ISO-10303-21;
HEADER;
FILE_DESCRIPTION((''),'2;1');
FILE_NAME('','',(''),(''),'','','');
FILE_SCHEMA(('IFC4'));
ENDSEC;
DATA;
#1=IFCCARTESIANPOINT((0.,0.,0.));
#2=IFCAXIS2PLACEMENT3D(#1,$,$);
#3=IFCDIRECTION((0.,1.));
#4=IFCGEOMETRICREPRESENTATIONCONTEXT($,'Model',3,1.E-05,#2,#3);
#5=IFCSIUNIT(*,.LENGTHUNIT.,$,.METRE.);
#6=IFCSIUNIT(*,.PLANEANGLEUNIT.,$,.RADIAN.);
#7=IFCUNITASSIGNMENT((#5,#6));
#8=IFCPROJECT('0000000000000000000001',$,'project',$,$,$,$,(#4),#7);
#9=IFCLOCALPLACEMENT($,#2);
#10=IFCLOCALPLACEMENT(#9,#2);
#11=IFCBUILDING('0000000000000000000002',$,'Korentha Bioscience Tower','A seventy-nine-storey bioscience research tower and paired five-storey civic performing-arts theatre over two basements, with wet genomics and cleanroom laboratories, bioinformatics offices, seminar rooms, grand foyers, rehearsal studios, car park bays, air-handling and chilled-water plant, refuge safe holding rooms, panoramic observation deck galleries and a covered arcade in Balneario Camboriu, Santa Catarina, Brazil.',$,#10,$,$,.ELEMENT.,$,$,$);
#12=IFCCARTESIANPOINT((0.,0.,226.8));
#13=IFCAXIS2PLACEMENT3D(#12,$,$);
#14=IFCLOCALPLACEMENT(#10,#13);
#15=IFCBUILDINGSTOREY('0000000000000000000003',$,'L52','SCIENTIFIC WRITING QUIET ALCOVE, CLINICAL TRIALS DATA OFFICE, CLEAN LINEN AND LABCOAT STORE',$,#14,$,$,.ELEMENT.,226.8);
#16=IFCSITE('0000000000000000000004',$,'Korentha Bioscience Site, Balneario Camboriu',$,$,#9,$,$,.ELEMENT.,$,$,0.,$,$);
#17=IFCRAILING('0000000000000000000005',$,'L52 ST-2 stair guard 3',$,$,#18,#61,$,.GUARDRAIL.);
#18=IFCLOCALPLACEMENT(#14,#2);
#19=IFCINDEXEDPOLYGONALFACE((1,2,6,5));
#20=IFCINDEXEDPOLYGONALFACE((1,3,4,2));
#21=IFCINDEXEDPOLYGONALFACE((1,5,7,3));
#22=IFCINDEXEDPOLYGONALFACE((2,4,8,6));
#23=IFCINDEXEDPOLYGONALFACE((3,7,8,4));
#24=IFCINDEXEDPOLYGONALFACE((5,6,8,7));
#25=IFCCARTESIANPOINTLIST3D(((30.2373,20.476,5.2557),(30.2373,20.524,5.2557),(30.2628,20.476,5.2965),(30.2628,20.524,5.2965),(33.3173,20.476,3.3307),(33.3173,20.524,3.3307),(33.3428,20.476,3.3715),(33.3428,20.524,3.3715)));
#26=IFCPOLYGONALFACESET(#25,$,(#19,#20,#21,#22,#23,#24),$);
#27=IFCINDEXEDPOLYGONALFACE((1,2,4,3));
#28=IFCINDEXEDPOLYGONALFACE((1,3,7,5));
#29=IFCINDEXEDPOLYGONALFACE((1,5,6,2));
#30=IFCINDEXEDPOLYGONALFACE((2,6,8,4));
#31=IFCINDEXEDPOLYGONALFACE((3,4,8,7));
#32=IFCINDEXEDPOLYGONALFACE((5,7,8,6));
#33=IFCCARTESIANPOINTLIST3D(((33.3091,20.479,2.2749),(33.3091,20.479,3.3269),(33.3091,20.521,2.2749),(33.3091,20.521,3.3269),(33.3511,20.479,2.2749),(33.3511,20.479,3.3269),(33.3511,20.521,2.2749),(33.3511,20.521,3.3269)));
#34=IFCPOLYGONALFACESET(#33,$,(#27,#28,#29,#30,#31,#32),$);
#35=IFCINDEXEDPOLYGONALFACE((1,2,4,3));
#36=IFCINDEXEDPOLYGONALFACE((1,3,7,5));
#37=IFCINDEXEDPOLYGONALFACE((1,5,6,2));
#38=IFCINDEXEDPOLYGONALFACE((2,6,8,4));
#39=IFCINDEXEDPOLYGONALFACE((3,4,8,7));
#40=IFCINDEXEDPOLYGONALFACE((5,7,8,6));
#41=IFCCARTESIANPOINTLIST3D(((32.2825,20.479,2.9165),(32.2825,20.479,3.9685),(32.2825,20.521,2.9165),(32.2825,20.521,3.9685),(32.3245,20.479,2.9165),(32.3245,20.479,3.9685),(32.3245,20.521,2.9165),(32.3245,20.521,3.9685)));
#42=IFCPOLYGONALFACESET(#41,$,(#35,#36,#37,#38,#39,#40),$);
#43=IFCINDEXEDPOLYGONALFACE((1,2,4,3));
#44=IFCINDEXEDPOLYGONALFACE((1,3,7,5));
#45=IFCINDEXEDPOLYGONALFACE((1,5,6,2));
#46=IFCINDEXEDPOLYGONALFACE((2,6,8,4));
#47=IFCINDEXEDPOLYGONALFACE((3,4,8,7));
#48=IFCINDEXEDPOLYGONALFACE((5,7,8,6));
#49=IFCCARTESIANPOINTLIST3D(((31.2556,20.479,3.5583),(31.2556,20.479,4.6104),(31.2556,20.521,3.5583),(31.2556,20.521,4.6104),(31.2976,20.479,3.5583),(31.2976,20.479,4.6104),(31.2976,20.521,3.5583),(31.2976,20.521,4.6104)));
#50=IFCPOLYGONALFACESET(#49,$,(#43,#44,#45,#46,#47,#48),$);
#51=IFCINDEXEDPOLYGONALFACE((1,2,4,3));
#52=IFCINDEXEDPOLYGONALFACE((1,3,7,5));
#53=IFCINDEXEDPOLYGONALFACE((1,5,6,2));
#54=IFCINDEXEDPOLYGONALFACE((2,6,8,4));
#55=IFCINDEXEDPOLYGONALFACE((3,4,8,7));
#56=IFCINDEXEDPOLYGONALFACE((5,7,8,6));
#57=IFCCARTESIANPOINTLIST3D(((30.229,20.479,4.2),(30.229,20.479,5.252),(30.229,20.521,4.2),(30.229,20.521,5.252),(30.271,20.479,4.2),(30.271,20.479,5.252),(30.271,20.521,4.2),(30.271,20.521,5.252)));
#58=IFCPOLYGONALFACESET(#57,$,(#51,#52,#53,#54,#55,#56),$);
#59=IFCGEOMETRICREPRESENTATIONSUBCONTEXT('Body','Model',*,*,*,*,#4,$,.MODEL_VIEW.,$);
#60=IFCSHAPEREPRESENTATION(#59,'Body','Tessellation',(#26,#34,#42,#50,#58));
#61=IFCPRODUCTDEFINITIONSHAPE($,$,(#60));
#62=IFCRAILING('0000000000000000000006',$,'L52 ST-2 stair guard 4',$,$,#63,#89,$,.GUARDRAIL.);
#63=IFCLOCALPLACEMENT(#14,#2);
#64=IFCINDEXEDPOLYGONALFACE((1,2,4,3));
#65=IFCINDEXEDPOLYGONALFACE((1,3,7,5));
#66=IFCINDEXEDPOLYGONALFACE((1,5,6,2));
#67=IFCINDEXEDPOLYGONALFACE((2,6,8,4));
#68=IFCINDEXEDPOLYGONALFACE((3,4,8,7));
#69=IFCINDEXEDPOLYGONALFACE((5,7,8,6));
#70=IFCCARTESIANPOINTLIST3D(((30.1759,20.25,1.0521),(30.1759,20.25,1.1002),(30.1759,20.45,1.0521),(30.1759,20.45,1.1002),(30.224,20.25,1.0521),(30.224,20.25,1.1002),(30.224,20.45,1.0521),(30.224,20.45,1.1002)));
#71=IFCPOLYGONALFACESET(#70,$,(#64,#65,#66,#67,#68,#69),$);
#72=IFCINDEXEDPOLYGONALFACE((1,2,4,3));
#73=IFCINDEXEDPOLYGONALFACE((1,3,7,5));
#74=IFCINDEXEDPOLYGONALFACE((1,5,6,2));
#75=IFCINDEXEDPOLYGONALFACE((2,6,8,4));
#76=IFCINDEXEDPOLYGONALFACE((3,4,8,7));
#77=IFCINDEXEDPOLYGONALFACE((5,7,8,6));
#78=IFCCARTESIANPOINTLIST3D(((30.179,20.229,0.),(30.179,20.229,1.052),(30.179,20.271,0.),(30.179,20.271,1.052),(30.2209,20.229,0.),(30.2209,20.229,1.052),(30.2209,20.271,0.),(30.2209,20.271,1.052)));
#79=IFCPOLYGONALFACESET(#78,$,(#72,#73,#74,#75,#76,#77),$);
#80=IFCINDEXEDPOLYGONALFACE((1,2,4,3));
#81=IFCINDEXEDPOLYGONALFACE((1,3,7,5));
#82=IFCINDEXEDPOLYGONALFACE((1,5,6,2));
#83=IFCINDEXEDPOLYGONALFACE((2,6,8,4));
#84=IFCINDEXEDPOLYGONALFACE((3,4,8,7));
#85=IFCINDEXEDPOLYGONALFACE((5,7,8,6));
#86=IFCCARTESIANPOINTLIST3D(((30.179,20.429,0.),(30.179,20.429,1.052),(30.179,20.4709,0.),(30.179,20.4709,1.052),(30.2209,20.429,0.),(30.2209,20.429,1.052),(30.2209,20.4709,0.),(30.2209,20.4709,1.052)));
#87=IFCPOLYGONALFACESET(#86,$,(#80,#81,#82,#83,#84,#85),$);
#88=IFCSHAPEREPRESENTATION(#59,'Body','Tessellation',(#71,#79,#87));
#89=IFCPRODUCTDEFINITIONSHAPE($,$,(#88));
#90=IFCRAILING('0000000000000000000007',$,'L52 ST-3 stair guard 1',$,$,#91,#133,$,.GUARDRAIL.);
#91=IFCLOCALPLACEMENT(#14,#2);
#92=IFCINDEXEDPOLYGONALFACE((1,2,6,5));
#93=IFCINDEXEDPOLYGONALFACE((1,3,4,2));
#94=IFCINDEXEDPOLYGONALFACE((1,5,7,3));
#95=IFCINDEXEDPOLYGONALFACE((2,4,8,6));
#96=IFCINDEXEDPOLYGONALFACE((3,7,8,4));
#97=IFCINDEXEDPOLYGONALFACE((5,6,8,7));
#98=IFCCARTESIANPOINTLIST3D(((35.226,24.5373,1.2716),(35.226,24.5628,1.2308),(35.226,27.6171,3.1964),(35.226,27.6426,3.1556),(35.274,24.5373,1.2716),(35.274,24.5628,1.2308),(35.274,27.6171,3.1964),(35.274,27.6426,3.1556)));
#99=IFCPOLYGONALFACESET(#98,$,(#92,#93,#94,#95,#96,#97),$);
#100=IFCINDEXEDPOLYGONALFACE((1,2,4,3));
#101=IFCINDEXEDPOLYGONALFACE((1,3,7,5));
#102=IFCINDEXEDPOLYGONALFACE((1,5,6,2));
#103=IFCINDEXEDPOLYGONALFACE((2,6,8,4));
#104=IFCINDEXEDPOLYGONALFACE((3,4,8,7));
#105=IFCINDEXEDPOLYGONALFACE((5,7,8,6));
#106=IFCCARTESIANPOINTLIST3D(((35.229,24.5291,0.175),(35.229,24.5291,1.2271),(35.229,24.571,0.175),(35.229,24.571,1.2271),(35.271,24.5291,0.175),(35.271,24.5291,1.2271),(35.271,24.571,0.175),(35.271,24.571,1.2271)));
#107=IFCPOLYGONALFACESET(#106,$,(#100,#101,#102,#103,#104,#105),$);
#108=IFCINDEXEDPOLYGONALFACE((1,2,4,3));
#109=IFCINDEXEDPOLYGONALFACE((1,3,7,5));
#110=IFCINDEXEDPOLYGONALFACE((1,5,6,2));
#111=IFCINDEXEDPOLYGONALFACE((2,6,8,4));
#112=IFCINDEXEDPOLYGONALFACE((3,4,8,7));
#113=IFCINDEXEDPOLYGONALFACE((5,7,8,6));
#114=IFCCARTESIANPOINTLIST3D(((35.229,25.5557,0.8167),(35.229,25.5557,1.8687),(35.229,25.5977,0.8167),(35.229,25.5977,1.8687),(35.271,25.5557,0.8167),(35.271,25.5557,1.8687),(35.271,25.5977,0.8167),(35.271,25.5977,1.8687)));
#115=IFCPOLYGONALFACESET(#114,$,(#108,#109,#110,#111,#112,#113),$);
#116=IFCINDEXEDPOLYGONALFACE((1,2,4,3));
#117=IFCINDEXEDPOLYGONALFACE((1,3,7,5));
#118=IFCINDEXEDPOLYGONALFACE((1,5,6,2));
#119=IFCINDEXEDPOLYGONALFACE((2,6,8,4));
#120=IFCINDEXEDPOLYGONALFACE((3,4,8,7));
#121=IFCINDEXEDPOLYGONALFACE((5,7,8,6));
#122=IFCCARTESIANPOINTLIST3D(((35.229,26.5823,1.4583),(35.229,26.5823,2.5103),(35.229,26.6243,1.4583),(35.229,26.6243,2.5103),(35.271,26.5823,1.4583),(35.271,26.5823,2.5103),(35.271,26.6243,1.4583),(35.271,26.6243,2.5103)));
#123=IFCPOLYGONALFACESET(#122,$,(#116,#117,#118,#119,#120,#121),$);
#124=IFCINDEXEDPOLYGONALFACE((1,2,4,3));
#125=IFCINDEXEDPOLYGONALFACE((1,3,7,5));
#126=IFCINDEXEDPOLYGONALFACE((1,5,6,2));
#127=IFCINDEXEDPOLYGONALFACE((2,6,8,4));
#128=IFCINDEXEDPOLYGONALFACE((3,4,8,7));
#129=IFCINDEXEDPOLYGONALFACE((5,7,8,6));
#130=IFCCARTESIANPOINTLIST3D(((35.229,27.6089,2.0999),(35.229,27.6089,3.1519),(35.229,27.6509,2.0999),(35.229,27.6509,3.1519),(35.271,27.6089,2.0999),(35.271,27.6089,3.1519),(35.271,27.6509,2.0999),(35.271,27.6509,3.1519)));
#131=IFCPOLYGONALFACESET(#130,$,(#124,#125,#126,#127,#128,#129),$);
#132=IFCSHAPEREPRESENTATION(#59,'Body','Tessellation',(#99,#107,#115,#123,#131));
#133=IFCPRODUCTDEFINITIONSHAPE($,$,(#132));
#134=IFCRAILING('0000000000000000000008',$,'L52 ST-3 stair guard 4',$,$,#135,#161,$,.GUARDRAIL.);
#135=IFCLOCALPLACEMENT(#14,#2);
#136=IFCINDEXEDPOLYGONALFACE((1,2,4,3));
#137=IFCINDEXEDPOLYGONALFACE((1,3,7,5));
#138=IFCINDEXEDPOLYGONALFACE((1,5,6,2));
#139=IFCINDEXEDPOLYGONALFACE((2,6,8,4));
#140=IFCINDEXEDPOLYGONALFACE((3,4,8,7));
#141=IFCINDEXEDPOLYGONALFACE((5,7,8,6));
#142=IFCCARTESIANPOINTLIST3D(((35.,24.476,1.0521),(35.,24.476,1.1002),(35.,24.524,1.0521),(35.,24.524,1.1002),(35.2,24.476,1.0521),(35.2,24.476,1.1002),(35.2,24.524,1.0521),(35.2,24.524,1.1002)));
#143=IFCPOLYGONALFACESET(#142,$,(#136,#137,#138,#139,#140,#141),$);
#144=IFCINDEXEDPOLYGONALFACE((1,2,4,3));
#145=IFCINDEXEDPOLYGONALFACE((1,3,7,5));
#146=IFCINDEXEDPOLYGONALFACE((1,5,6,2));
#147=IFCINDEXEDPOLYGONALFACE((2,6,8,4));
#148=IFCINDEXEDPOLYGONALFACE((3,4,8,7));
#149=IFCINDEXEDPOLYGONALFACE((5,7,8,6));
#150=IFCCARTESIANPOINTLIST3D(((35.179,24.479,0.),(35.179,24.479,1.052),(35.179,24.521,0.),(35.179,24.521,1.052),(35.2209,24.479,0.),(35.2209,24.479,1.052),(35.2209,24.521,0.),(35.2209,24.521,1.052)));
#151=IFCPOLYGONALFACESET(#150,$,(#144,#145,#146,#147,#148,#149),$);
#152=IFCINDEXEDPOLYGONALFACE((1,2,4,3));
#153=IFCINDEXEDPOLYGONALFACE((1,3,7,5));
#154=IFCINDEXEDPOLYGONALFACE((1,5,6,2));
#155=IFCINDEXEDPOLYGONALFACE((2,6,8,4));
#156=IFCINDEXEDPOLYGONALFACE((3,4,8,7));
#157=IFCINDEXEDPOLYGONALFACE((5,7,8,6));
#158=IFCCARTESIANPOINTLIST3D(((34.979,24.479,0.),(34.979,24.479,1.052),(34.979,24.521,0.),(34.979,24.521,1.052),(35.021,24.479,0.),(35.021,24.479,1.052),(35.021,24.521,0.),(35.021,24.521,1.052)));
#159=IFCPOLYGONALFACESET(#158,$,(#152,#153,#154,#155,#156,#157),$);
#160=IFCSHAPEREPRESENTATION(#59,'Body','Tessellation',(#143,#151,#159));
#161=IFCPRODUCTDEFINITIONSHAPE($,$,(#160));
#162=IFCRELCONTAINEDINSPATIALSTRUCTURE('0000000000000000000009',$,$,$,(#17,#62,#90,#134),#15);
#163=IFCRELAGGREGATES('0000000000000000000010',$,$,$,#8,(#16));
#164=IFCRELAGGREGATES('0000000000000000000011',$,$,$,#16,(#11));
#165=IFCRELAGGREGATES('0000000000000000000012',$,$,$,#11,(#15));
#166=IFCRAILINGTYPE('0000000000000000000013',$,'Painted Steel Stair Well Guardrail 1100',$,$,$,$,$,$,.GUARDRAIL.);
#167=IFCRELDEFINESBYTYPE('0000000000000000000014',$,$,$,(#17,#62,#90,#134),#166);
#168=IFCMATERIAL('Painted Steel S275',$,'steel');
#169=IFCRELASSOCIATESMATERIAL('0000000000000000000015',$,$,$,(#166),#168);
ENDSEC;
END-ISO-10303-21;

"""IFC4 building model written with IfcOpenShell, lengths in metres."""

from ifc_helpers import new_model, si_unit, direction, frame, origin, origin_2d, place, context, subcontext, project, spatial, rectangle, extrude, material, type_object, element, save


model = new_model("IFC4")

# Units and contexts
model_context = context("Model", 3, precision=1e-05, world=origin(), true_north=direction((0.0, 1.0)))
body_context = subcontext(model_context, "Body", "Model", "MODEL_VIEW")
ifc_project = project(units=[si_unit("LENGTHUNIT", "METRE"), si_unit("PLANEANGLEUNIT", "RADIAN")], contexts=[model_context])

# Site, building, storey
site_placement = place(None, origin())
site = spatial("IfcSite", under=ifc_project, at=site_placement, Name="Korentha Bioscience Site, Balneario Camboriu", CompositionType="ELEMENT", RefElevation=0.0)
building_placement = place(site_placement, origin())
building = spatial("IfcBuilding", under=site, at=building_placement, Name="Korentha Bioscience Tower", Description="A seventy-nine-storey bioscience research tower and paired five-storey civic performing-arts theatre over two basements, with wet genomics and cleanroom laboratories, bioinformatics offices, seminar rooms, grand foyers, rehearsal studios, car park bays, air-handling and chilled-water plant, refuge safe holding rooms, panoramic observation deck galleries and a covered arcade in Balneario Camboriu, Santa Catarina, Brazil.", CompositionType="ELEMENT")
storey_placement = place(building_placement, frame((0.0, 0.0, 226.8)))
storey = spatial("IfcBuildingStorey", under=building, at=storey_placement, Name="L52", Description="SCIENTIFIC WRITING QUIET ALCOVE, CLINICAL TRIALS DATA OFFICE, CLEAN LINEN AND LABCOAT STORE", CompositionType="ELEMENT", Elevation=226.8)

# Railings
ifc_material_1 = material(Name="Painted Steel S275", Category="steel")
railing_type_1 = type_object("IfcRailingType", Name="Painted Steel Stair Well Guardrail 1100", PredefinedType="GUARDRAIL", material=ifc_material_1)
railing_1_placement = place(storey_placement, frame((33.3301, 20.5, 2.2749)))
element("IfcRailing", 1, at=railing_1_placement, inside=storey, type_object=railing_type_1, Name="L52 ST-2 stair guard 3", PredefinedType="GUARDRAIL", context=body_context, shape_type="SweptSolid", body=[
    extrude(rectangle(XDim=0.0481, YDim=0.0481, at=origin_2d()), frame((0.0, 0.0, 1.0762), z_axis=(-0.847998, 0.0, 0.529999), x_axis=(0.0, -1.0, 0.0)), (0.0, 0.0, 1.0), 3.6321),
    extrude(rectangle(XDim=0.042, YDim=0.042, at=origin_2d()), origin(), (0.0, 0.0, 1.0), 1.052),
    extrude(rectangle(XDim=0.042, YDim=0.042, at=origin_2d()), frame((-1.0266, 0.0, 0.6416)), (0.0, 0.0, 1.0), 1.052),
    extrude(rectangle(XDim=0.042, YDim=0.042, at=origin_2d()), frame((-2.0535, 0.0, 1.2834)), (0.0, 0.0, 1.0), 1.052),
    extrude(rectangle(XDim=0.042, YDim=0.042, at=origin_2d()), frame((-3.0801, 0.0, 1.925)), (0.0, 0.0, 1.0), 1.052),
])
railing_2_placement = place(storey_placement, frame((30.2, 20.25, 0.0)))
element("IfcRailing", 2, at=railing_2_placement, inside=storey, type_object=railing_type_1, Name="L52 ST-2 stair guard 4", PredefinedType="GUARDRAIL", context=body_context, shape_type="SweptSolid", body=[
    extrude(rectangle(XDim=0.0481, YDim=0.0481, at=origin_2d()), frame((0.0, 0.0, 1.0762), z_axis=(0.0, 1.0, 0.0), x_axis=(-1.0, 0.0, 0.0)), (0.0, 0.0, 1.0), 0.2),
    extrude(rectangle(XDim=0.042, YDim=0.042, at=origin_2d()), origin(), (0.0, 0.0, 1.0), 1.052),
    extrude(rectangle(XDim=0.042, YDim=0.042, at=origin_2d()), frame((0.0, 0.2, 0.0)), (0.0, 0.0, 1.0), 1.052),
])
railing_3_placement = place(storey_placement, frame((35.25, 24.55, 0.175)))
element("IfcRailing", 3, at=railing_3_placement, inside=storey, type_object=railing_type_1, Name="L52 ST-3 stair guard 1", PredefinedType="GUARDRAIL", context=body_context, shape_type="SweptSolid", body=[
    extrude(rectangle(XDim=0.0481, YDim=0.0481, at=origin_2d()), frame((0.0, 0.0, 1.0762), z_axis=(0.0, 0.84801, 0.529981), x_axis=(-1.0, 0.0, 0.0)), (0.0, 0.0, 1.0), 3.6318),
    extrude(rectangle(XDim=0.042, YDim=0.042, at=origin_2d()), origin(), (0.0, 0.0, 1.0), 1.052),
    extrude(rectangle(XDim=0.042, YDim=0.042, at=origin_2d()), frame((0.0, 1.0266, 0.6416)), (0.0, 0.0, 1.0), 1.052),
    extrude(rectangle(XDim=0.042, YDim=0.042, at=origin_2d()), frame((0.0, 2.0532, 1.2832)), (0.0, 0.0, 1.0), 1.052),
    extrude(rectangle(XDim=0.042, YDim=0.042, at=origin_2d()), frame((0.0, 3.0798, 1.9248)), (0.0, 0.0, 1.0), 1.052),
])
railing_4_placement = place(storey_placement, frame((35.2, 24.5, 0.0)))
element("IfcRailing", 4, at=railing_4_placement, inside=storey, type_object=railing_type_1, Name="L52 ST-3 stair guard 4", PredefinedType="GUARDRAIL", context=body_context, shape_type="SweptSolid", body=[
    extrude(rectangle(XDim=0.0481, YDim=0.0481, at=origin_2d()), frame((0.0, 0.0, 1.0762), z_axis=(-1.0, 0.0, 0.0), x_axis=(0.0, -1.0, 0.0)), (0.0, 0.0, 1.0), 0.2),
    extrude(rectangle(XDim=0.042, YDim=0.042, at=origin_2d()), origin(), (0.0, 0.0, 1.0), 1.052),
    extrude(rectangle(XDim=0.042, YDim=0.042, at=origin_2d()), frame((-0.2, 0.0, 0.0)), (0.0, 0.0, 1.0), 1.052),
])

save(model, "model.ifc")
